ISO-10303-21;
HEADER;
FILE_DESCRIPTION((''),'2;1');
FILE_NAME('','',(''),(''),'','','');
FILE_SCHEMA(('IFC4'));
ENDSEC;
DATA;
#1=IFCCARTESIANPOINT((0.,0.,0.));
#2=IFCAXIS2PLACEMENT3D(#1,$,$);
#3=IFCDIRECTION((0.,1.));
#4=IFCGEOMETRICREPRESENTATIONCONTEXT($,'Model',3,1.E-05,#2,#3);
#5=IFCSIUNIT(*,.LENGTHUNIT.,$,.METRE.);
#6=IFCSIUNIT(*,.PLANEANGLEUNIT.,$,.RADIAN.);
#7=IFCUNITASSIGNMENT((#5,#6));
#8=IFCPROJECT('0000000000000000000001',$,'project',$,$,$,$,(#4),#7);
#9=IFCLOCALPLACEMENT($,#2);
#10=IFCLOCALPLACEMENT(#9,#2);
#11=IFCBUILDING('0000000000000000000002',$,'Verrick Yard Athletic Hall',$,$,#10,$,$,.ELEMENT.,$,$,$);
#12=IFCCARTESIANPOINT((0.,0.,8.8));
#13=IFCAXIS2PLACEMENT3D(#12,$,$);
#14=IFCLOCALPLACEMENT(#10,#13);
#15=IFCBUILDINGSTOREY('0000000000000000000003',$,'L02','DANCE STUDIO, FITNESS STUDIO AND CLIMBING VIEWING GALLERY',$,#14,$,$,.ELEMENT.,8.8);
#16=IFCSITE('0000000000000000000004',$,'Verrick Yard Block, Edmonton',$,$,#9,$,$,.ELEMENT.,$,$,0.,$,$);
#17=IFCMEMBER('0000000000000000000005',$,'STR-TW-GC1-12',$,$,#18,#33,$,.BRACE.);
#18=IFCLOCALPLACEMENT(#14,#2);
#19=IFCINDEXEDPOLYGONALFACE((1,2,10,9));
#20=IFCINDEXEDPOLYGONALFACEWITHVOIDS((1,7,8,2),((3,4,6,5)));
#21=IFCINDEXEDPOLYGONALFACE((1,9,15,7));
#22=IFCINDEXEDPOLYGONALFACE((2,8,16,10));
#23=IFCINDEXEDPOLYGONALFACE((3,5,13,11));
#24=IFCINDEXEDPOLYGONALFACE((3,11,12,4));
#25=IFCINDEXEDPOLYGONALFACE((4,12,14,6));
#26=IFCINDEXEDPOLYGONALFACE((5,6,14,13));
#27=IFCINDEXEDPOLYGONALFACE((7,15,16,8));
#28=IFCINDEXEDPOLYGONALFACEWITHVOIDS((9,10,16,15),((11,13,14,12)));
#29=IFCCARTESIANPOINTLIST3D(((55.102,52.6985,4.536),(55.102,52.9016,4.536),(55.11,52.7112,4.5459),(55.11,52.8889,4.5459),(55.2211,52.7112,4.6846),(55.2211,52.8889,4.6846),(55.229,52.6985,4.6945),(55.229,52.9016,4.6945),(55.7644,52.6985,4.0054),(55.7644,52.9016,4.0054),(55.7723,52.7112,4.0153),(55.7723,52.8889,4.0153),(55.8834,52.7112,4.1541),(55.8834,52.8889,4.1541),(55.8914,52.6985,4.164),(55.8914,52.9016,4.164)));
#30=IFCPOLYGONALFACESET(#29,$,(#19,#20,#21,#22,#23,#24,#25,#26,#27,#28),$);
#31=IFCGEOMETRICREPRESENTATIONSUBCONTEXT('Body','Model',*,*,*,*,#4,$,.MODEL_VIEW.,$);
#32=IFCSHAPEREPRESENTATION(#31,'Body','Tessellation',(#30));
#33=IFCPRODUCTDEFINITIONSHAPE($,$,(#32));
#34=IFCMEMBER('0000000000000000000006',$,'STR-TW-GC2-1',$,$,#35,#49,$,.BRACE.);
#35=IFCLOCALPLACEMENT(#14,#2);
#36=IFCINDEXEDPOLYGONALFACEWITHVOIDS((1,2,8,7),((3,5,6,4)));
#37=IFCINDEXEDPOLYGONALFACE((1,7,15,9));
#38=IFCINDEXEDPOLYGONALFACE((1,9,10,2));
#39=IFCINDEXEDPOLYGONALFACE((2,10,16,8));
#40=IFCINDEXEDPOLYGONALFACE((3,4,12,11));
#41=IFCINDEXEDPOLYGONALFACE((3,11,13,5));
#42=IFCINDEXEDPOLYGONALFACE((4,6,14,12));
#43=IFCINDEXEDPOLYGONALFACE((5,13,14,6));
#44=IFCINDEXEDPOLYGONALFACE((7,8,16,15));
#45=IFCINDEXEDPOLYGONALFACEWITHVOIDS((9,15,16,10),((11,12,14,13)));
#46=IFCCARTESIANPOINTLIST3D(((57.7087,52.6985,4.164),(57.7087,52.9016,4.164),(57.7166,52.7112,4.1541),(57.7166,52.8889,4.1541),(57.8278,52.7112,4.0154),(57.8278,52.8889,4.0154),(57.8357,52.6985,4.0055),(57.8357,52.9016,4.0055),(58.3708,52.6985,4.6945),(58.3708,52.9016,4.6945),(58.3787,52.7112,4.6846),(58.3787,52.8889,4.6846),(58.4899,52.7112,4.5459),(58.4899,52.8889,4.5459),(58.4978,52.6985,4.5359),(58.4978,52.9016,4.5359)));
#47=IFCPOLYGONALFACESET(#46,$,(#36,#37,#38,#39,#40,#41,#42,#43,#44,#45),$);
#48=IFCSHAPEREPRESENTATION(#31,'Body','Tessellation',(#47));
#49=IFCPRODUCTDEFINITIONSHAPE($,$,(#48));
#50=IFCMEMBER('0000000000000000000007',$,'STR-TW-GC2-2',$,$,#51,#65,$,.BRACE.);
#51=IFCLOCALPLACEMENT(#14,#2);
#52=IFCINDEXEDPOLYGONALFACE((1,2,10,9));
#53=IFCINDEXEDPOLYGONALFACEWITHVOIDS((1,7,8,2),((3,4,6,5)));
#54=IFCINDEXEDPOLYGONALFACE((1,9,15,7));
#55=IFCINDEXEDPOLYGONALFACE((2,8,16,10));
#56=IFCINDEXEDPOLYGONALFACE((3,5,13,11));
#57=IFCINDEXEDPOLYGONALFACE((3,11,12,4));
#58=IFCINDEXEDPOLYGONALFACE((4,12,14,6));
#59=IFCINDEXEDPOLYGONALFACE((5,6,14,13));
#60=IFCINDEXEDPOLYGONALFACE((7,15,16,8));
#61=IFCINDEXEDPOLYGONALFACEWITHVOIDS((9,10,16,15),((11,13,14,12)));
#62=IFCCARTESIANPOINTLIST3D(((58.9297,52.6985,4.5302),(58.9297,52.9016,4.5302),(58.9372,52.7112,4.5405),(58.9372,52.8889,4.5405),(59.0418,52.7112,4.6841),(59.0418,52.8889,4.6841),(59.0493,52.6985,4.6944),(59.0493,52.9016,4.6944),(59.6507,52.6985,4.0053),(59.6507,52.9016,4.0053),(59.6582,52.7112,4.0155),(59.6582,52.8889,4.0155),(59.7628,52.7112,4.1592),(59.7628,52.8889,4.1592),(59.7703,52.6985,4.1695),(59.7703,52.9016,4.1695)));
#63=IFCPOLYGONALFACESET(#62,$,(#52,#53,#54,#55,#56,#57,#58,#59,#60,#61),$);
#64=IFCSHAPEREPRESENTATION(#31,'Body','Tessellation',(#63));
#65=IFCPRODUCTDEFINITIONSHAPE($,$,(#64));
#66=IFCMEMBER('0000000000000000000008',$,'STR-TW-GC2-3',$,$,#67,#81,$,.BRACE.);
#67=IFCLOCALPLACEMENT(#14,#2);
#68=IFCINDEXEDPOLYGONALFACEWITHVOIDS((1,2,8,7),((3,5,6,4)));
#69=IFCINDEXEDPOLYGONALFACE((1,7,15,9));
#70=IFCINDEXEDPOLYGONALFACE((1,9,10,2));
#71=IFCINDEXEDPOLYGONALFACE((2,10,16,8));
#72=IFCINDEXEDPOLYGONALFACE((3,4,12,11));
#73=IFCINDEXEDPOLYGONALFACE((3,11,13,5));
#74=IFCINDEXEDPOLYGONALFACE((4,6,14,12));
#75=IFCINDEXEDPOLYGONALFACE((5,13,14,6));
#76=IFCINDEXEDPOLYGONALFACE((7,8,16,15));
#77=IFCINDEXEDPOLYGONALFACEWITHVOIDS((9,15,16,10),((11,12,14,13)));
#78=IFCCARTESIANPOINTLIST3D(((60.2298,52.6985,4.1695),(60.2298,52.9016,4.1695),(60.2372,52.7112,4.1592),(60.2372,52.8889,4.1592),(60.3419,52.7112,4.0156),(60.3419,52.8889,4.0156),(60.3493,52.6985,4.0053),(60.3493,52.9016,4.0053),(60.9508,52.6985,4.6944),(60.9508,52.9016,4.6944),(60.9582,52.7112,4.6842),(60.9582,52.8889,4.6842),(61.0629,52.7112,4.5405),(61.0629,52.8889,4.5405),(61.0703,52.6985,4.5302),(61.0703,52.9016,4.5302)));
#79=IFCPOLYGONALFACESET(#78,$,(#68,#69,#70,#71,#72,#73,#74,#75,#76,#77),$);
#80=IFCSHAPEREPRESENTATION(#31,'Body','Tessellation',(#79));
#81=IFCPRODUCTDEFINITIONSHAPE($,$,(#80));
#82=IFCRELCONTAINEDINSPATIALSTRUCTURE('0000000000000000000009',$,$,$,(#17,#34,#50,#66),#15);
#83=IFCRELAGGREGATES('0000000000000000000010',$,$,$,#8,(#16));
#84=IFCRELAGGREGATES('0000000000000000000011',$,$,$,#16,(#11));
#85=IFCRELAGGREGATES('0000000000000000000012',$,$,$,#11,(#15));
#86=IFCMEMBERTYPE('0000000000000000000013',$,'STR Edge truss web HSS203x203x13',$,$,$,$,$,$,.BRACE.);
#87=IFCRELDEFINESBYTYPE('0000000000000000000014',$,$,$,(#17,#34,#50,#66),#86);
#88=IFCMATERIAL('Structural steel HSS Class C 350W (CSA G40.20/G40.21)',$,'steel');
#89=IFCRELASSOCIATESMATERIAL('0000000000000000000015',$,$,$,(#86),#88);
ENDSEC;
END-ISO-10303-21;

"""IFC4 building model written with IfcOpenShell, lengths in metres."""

from ifc_helpers import new_model, si_unit, direction, frame, origin, origin_2d, place, context, subcontext, project, spatial, hollow_rectangle, extrude, material, material_profile, profile_set, type_object, element, save


model = new_model("IFC4")

# Units and contexts
model_context = context("Model", 3, precision=1e-05, world=origin(), true_north=direction((0.0, 1.0)))
body_context = subcontext(model_context, "Body", "Model", "MODEL_VIEW")
ifc_project = project(units=[si_unit("LENGTHUNIT", "METRE"), si_unit("PLANEANGLEUNIT", "RADIAN")], contexts=[model_context])

# Site, building, storey
site_placement = place(None, origin())
site = spatial("IfcSite", under=ifc_project, at=site_placement, Name="Verrick Yard Block, Edmonton", CompositionType="ELEMENT", RefElevation=0.0)
building_placement = place(site_placement, origin())
building = spatial("IfcBuilding", under=site, at=building_placement, Name="Verrick Yard Athletic Hall", CompositionType="ELEMENT")
storey_placement = place(building_placement, frame((0.0, 0.0, 8.8)))
storey = spatial("IfcBuildingStorey", under=building, at=storey_placement, Name="L02", Description="DANCE STUDIO, FITNESS STUDIO AND CLIMBING VIEWING GALLERY", CompositionType="ELEMENT", Elevation=8.8)

# Members
ifc_material_1 = material(Name="Structural steel HSS Class C 350W (CSA G40.20/G40.21)", Category="steel")
ifc_material_profile_1 = material_profile(ifc_material_1, hollow_rectangle(XDim=0.2031, YDim=0.2031, WallThickness=0.0127, at=origin_2d()), Name="HSS203x203x13")
ifc_profile_set_1 = profile_set([ifc_material_profile_1], Name="Structural steel HSS Class C 350W (CSA G40.20/G40.21)")
member_type_1 = type_object("IfcMemberType", Name="STR Edge truss web HSS203x203x13", PredefinedType="BRACE", material=ifc_profile_set_1)
member_1_placement = place(storey_placement, frame((55.1655, 52.8, 4.6152), z_axis=(0.780504, 0.0, -0.625151), x_axis=(0.0, 1.0, 0.0)))
element("IfcMember", 1, at=member_1_placement, inside=storey, type_object=member_type_1, Name="STR-TW-GC1-12", PredefinedType="BRACE", context=body_context, shape_type="SweptSolid", body=[
    extrude(hollow_rectangle(XDim=0.2031, YDim=0.2031, WallThickness=0.0127, at=origin_2d()), origin(), (0.0, 0.0, 1.0), 0.8486),
])
member_2_placement = place(storey_placement, frame((57.7722, 52.8, 4.0847), z_axis=(0.780391, 0.0, 0.625291), x_axis=(0.0, 1.0, 0.0)))
element("IfcMember", 2, at=member_2_placement, inside=storey, type_object=member_type_1, Name="STR-TW-GC2-1", PredefinedType="BRACE", context=body_context, shape_type="SweptSolid", body=[
    extrude(hollow_rectangle(XDim=0.2031, YDim=0.2031, WallThickness=0.0127, at=origin_2d()), origin(), (0.0, 0.0, 1.0), 0.8484),
])
for number, where, z_axis, x_axis, name in (
    (3, (58.9895, 52.8, 4.6123), (0.808428, 0.0, -0.588595), (0.0, 1.0, 0.0), "STR-TW-GC2-2"),
    (4, (60.2896, 52.8, 4.0874), (0.808428, 0.0, 0.588595), (0.0, 1.0, 0.0), "STR-TW-GC2-3"),
):
    element("IfcMember", number, at=place(storey_placement, frame(where, z_axis=z_axis, x_axis=x_axis)), inside=storey, type_object=member_type_1, Name=name, PredefinedType="BRACE", context=body_context, shape_type="SweptSolid", body=[
        extrude(hollow_rectangle(XDim=0.2031, YDim=0.2031, WallThickness=0.0127, at=origin_2d()), origin(), (0.0, 0.0, 1.0), 0.8918),
    ])

save(model, "model.ifc")
